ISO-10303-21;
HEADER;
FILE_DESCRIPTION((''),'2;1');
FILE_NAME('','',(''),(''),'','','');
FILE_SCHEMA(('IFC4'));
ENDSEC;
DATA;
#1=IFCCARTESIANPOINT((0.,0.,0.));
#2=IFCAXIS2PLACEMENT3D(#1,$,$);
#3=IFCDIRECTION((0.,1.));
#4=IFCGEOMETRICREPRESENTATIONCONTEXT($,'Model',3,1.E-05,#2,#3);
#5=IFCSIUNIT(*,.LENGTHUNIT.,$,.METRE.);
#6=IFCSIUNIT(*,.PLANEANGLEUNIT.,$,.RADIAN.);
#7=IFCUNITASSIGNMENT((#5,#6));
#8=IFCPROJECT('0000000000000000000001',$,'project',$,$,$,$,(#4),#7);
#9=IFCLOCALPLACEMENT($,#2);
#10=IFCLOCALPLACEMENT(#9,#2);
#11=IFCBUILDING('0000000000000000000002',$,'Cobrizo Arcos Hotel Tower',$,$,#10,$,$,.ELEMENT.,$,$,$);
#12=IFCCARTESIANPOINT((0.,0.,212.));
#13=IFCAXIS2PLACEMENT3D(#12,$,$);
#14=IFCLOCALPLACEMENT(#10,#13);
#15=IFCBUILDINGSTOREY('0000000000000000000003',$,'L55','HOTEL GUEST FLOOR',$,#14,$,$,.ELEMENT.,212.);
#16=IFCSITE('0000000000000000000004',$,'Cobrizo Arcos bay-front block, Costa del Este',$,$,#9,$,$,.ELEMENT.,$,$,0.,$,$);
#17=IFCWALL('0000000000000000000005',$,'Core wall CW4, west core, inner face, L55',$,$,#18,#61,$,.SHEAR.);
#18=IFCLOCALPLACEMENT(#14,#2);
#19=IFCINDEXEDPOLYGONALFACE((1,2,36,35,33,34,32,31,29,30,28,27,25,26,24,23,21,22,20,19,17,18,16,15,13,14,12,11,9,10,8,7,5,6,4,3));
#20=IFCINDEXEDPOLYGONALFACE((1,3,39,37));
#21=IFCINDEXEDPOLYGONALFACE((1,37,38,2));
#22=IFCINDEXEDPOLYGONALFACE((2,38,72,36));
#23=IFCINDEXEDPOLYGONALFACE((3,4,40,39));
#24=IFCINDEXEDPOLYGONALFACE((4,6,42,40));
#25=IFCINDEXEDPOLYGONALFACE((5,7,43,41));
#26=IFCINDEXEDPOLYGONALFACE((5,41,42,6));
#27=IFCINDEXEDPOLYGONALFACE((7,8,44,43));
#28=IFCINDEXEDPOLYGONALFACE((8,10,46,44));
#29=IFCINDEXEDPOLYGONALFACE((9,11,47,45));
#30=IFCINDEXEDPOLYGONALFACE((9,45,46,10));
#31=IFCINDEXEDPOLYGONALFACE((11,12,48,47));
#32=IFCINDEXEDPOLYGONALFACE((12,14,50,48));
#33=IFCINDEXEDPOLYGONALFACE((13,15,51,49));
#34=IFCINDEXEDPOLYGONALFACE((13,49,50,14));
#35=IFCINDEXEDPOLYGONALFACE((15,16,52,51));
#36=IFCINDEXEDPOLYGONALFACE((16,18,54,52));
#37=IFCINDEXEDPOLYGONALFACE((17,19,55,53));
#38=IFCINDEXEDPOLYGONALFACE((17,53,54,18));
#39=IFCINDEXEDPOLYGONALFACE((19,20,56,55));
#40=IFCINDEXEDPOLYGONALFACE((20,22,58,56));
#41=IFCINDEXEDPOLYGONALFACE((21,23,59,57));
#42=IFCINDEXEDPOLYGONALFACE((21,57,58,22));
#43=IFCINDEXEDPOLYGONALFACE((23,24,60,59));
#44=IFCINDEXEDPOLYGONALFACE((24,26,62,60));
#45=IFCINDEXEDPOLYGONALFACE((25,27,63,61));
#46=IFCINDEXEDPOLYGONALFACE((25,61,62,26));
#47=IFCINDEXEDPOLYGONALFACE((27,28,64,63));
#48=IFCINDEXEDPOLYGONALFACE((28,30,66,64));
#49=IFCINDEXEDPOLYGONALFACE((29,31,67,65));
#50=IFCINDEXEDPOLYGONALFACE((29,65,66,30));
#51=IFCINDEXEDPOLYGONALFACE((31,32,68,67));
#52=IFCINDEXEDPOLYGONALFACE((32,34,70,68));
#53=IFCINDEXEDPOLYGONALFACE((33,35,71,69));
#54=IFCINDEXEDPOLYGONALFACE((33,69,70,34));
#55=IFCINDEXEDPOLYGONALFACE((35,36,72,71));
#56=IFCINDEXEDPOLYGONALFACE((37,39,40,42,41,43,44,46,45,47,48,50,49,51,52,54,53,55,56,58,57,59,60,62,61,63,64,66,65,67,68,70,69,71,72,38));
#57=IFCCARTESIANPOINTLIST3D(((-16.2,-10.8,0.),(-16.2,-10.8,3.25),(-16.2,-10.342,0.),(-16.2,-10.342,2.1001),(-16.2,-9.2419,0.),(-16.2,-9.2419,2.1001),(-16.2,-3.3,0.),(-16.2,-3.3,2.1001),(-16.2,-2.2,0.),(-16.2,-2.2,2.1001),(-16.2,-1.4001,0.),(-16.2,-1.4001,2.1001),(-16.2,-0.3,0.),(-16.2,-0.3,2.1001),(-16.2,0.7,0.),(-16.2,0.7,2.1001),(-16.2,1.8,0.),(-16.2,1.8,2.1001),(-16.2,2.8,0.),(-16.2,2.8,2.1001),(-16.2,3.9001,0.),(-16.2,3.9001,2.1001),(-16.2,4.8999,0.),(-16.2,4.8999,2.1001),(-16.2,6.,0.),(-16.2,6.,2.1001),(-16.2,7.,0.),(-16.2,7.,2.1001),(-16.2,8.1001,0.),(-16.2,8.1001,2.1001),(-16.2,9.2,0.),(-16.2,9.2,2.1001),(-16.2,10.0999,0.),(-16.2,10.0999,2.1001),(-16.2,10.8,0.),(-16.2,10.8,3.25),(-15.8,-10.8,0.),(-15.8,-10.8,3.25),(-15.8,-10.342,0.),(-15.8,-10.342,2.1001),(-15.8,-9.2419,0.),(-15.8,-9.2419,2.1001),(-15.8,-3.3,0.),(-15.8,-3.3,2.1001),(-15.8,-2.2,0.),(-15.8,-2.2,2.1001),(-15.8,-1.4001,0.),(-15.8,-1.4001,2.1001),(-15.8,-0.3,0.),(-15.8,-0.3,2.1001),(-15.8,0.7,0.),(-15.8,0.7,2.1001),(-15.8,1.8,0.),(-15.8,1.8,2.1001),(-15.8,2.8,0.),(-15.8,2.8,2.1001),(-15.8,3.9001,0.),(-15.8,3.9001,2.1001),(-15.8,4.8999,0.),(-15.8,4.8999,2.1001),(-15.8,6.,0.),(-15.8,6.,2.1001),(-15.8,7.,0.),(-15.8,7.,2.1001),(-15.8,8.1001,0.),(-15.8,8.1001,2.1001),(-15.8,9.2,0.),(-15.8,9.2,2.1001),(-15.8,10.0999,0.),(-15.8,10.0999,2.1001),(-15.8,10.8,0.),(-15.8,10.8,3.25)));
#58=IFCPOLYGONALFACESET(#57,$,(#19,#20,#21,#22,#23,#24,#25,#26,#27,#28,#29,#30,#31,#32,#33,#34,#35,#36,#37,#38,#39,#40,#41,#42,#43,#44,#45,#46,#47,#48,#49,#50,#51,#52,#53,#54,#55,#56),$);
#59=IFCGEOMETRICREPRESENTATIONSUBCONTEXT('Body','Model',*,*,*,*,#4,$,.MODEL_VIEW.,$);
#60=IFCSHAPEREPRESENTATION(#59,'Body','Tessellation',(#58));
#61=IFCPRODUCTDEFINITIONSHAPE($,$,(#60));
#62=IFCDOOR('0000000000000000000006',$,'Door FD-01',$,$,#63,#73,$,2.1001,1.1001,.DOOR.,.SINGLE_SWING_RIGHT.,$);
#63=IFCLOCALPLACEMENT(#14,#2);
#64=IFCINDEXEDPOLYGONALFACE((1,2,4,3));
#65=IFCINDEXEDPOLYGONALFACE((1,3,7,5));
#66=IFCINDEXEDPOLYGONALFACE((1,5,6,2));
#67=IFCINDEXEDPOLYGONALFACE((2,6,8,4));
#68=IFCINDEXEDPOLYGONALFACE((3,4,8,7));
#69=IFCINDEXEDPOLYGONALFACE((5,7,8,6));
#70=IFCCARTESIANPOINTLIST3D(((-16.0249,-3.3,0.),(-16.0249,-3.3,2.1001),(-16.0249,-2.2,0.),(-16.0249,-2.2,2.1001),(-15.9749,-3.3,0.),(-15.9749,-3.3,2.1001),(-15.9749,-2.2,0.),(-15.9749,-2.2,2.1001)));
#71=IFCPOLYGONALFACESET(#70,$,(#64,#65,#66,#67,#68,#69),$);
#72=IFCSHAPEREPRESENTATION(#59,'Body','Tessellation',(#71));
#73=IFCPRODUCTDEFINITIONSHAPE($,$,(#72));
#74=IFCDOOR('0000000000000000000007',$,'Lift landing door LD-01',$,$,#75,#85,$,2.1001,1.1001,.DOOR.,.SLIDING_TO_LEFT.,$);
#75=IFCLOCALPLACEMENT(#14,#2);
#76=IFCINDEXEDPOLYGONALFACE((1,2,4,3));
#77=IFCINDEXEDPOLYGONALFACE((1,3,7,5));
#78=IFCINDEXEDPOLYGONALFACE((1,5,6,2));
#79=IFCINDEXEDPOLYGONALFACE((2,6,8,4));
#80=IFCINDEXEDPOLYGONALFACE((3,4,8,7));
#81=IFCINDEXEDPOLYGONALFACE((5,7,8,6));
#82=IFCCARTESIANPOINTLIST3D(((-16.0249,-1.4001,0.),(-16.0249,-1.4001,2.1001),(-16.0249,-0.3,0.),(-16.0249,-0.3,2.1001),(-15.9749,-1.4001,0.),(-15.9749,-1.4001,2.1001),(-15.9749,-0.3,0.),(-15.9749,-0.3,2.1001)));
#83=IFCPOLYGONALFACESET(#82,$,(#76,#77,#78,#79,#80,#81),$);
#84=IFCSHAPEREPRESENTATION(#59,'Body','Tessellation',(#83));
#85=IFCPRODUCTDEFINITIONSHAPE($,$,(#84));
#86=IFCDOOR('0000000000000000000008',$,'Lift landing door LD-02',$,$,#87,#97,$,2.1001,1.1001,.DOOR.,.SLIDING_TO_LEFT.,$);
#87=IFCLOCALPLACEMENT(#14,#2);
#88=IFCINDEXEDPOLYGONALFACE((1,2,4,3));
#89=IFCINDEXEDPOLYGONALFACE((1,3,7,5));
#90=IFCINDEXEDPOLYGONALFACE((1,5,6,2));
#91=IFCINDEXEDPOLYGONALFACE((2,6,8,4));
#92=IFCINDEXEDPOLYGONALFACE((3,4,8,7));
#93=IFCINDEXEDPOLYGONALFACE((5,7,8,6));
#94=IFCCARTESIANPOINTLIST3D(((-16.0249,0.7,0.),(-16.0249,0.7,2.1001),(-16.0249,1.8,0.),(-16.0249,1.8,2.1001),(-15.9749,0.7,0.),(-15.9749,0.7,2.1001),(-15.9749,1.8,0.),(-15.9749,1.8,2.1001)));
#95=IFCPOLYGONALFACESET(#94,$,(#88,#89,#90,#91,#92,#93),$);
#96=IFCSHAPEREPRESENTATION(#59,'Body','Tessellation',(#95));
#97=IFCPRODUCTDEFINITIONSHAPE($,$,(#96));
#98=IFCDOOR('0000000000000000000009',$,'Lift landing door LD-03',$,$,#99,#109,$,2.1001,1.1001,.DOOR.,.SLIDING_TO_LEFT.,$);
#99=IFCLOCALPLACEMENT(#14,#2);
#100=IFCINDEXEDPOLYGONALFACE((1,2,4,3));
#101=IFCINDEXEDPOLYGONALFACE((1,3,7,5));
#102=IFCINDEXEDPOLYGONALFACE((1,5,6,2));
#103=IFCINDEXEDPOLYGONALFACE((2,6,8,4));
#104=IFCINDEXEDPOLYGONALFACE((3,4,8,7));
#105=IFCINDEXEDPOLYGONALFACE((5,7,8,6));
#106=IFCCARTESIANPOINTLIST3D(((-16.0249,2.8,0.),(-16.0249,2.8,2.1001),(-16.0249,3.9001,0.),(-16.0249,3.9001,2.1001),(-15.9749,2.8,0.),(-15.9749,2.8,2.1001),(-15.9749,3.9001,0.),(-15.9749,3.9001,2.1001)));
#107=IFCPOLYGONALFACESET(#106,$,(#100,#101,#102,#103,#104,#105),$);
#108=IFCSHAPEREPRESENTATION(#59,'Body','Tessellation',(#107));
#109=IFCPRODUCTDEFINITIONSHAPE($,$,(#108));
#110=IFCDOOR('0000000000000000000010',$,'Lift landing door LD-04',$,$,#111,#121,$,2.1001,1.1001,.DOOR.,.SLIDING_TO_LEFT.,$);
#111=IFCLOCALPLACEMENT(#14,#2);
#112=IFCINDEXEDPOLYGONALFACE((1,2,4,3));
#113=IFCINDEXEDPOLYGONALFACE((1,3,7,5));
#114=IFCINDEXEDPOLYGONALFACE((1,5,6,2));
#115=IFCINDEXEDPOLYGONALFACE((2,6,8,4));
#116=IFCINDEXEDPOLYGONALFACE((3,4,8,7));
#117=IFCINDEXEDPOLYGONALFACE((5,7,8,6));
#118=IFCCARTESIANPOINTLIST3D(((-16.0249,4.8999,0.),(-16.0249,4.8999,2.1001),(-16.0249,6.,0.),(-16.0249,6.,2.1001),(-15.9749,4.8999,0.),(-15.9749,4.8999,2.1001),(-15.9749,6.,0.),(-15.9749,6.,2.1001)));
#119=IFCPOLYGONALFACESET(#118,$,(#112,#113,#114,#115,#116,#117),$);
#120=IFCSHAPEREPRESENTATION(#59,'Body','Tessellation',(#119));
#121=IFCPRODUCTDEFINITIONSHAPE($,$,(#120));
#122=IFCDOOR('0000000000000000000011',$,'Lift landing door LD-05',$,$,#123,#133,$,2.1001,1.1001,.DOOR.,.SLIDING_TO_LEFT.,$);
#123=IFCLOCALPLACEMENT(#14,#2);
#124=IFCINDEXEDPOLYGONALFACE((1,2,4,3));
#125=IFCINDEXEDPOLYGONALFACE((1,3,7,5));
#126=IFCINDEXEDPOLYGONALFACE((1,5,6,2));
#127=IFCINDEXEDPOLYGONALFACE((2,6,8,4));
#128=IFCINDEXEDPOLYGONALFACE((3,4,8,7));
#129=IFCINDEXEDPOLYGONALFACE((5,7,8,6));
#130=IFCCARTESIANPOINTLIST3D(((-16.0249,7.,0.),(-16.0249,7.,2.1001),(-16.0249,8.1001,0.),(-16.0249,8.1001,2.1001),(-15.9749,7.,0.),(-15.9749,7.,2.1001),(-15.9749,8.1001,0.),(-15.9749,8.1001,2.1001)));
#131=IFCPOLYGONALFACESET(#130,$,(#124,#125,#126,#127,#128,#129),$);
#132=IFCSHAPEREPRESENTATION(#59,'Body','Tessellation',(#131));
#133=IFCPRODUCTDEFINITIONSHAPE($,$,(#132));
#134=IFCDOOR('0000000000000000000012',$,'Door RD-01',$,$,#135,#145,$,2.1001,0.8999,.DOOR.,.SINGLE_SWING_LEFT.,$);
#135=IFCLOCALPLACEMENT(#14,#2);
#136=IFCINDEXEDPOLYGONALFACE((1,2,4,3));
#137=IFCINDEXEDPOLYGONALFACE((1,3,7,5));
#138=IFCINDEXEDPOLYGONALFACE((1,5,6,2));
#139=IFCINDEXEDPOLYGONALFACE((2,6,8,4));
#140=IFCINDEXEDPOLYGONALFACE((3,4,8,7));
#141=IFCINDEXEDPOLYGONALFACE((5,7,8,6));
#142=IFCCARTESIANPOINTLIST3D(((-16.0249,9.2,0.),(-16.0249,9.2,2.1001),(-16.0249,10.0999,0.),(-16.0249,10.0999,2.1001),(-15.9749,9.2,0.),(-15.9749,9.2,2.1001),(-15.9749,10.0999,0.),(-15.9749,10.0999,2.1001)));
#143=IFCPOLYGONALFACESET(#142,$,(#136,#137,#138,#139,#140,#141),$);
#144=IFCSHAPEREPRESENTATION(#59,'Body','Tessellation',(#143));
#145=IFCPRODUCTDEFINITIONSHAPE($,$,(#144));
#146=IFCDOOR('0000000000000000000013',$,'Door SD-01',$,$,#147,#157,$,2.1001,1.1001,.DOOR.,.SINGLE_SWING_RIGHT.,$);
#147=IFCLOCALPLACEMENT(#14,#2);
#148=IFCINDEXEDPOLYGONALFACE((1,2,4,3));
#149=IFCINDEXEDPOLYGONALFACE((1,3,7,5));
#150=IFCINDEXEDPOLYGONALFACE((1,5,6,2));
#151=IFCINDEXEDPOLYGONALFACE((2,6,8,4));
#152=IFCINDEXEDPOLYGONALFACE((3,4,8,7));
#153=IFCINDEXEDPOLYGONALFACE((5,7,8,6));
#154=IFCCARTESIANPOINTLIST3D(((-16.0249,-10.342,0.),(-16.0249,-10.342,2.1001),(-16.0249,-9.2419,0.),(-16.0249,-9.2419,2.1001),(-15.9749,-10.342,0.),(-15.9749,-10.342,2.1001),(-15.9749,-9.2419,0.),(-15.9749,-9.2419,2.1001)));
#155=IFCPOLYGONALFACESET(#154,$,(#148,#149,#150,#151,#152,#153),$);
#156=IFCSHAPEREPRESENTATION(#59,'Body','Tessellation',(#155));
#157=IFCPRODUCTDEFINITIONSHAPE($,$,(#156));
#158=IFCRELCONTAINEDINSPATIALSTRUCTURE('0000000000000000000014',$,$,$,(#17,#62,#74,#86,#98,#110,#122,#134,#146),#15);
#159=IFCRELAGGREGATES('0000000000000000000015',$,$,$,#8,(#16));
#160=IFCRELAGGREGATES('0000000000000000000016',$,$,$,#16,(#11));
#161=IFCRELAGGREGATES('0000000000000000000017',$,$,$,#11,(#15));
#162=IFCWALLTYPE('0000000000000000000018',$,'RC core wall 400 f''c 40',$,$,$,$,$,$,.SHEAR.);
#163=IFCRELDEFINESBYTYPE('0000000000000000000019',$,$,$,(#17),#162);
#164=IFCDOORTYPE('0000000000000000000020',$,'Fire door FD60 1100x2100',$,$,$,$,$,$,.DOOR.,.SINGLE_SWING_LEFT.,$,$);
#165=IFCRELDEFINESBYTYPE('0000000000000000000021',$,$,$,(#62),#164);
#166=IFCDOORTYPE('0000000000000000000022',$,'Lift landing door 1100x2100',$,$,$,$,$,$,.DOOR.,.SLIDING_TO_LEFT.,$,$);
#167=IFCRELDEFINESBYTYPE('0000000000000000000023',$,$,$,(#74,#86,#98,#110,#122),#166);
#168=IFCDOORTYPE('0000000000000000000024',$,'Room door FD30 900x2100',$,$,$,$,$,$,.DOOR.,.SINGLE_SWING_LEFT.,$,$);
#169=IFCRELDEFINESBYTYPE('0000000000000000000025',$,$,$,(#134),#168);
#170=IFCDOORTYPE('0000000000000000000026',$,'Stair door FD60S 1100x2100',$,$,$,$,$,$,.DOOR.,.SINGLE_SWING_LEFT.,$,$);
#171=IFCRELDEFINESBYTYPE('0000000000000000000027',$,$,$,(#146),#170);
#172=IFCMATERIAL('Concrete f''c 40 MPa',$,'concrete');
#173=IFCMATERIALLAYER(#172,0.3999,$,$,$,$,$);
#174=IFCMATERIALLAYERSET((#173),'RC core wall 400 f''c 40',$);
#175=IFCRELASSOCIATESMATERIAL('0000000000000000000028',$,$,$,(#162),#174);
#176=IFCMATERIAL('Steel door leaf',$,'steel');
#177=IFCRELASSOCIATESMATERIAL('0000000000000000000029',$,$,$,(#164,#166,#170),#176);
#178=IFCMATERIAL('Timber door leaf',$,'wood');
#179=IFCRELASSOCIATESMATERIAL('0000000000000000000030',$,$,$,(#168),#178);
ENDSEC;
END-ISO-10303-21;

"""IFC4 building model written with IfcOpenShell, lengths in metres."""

from ifc_helpers import new_model, si_unit, direction, frame, frame_2d, origin, place, context, subcontext, project, spatial, rectangle, extrude, material, layer, layer_set, type_object, element, fill, save


model = new_model("IFC4")

# Units and contexts
model_context = context("Model", 3, precision=1e-05, world=origin(), true_north=direction((0.0, 1.0)))
body_context = subcontext(model_context, "Body", "Model", "MODEL_VIEW")
ifc_project = project(units=[si_unit("LENGTHUNIT", "METRE"), si_unit("PLANEANGLEUNIT", "RADIAN")], contexts=[model_context])

# Site, building, storey
site_placement = place(None, origin())
site = spatial("IfcSite", under=ifc_project, at=site_placement, Name="Cobrizo Arcos bay-front block, Costa del Este", CompositionType="ELEMENT", RefElevation=0.0)
building_placement = place(site_placement, origin())
building = spatial("IfcBuilding", under=site, at=building_placement, Name="Cobrizo Arcos Hotel Tower", CompositionType="ELEMENT")
storey_placement = place(building_placement, frame((0.0, 0.0, 212.0)))
storey = spatial("IfcBuildingStorey", under=building, at=storey_placement, Name="L55", Description="HOTEL GUEST FLOOR", CompositionType="ELEMENT", Elevation=212.0)

# Wall, openings, doors
ifc_material_1 = material(Name="Concrete f'c 40 MPa", Category="concrete")
ifc_layer_1 = layer(ifc_material_1, 0.3999)
ifc_layer_set_1 = layer_set([ifc_layer_1], Name="RC core wall 400 f'c 40")
wall_type_1 = type_object("IfcWallType", Name="RC core wall 400 f'c 40", PredefinedType="SHEAR", material=ifc_layer_set_1)
wall_1_placement = place(storey_placement, frame((-16.0, -10.8, 0.0), z_axis=(0.0, 0.0, 1.0), x_axis=(0.0, 1.0, 0.0)))
wall_1 = element("IfcWall", 1, at=wall_1_placement, inside=storey, type_object=wall_type_1, Name="Core wall CW4, west core, inner face, L55", PredefinedType="SHEAR", context=body_context, shape_type="SweptSolid", body=[
    extrude(rectangle(XDim=21.6001, YDim=0.3999, at=frame_2d((10.8, 0.0))), origin(), (0.0, 0.0, 1.0), 3.25),
])
opening_1_placement = place(wall_1_placement, frame((9.3999, 0.0, 0.0)))
opening_1 = element("IfcOpeningElement", 2, at=opening_1_placement, cuts=wall_1, PredefinedType="OPENING", context=body_context, shape_type="SweptSolid", body=[
    extrude(rectangle(XDim=1.1001, YDim=2.1001, at=frame_2d((0.55, 1.05))), frame((0.0, 0.2119, 0.0), z_axis=(0.0, -1.0, 0.0), x_axis=(1.0, 0.0, 0.0)), (0.0, 0.0, 1.0), 0.4238),
])
opening_2_placement = place(wall_1_placement, frame((11.5, 0.0, 0.0)))
opening_2 = element("IfcOpeningElement", 3, at=opening_2_placement, cuts=wall_1, PredefinedType="OPENING", context=body_context, shape_type="SweptSolid", body=[
    extrude(rectangle(XDim=1.1001, YDim=2.1001, at=frame_2d((0.55, 1.05))), frame((0.0, 0.2119, 0.0), z_axis=(0.0, -1.0, 0.0), x_axis=(1.0, 0.0, 0.0)), (0.0, 0.0, 1.0), 0.4238),
])
opening_3_placement = place(wall_1_placement, frame((13.6001, 0.0, 0.0)))
opening_3 = element("IfcOpeningElement", 4, at=opening_3_placement, cuts=wall_1, PredefinedType="OPENING", context=body_context, shape_type="SweptSolid", body=[
    extrude(rectangle(XDim=1.1001, YDim=2.1001, at=frame_2d((0.55, 1.05))), frame((0.0, 0.2119, 0.0), z_axis=(0.0, -1.0, 0.0), x_axis=(1.0, 0.0, 0.0)), (0.0, 0.0, 1.0), 0.4238),
])
opening_4_placement = place(wall_1_placement, frame((15.7, 0.0, 0.0)))
opening_4 = element("IfcOpeningElement", 5, at=opening_4_placement, cuts=wall_1, PredefinedType="OPENING", context=body_context, shape_type="SweptSolid", body=[
    extrude(rectangle(XDim=1.1001, YDim=2.1001, at=frame_2d((0.55, 1.05))), frame((0.0, 0.2119, 0.0), z_axis=(0.0, -1.0, 0.0), x_axis=(1.0, 0.0, 0.0)), (0.0, 0.0, 1.0), 0.4238),
])
opening_5_placement = place(wall_1_placement, frame((17.8, 0.0, 0.0)))
opening_5 = element("IfcOpeningElement", 6, at=opening_5_placement, cuts=wall_1, PredefinedType="OPENING", context=body_context, shape_type="SweptSolid", body=[
    extrude(rectangle(XDim=1.1001, YDim=2.1001, at=frame_2d((0.55, 1.05))), frame((0.0, 0.2119, 0.0), z_axis=(0.0, -1.0, 0.0), x_axis=(1.0, 0.0, 0.0)), (0.0, 0.0, 1.0), 0.4238),
])
opening_6_placement = place(wall_1_placement, frame((0.458, 0.0, 0.0)))
opening_6 = element("IfcOpeningElement", 7, at=opening_6_placement, cuts=wall_1, PredefinedType="OPENING", context=body_context, shape_type="SweptSolid", body=[
    extrude(rectangle(XDim=1.1001, YDim=2.1001, at=frame_2d((0.55, 1.05))), frame((0.0, 0.2119, 0.0), z_axis=(0.0, -1.0, 0.0), x_axis=(1.0, 0.0, 0.0)), (0.0, 0.0, 1.0), 0.4238),
])
opening_7_placement = place(wall_1_placement, frame((7.5, 0.0, 0.0)))
opening_7 = element("IfcOpeningElement", 8, at=opening_7_placement, cuts=wall_1, PredefinedType="OPENING", context=body_context, shape_type="SweptSolid", body=[
    extrude(rectangle(XDim=1.1001, YDim=2.1001, at=frame_2d((0.55, 1.05))), frame((0.0, 0.2119, 0.0), z_axis=(0.0, -1.0, 0.0), x_axis=(1.0, 0.0, 0.0)), (0.0, 0.0, 1.0), 0.4238),
])
opening_8_placement = place(wall_1_placement, frame((20.0, 0.0, 0.0)))
opening_8 = element("IfcOpeningElement", 9, at=opening_8_placement, cuts=wall_1, PredefinedType="OPENING", context=body_context, shape_type="SweptSolid", body=[
    extrude(rectangle(XDim=0.8999, YDim=2.1001, at=frame_2d((0.45, 1.05))), frame((0.0, 0.2119, 0.0), z_axis=(0.0, -1.0, 0.0), x_axis=(1.0, 0.0, 0.0)), (0.0, 0.0, 1.0), 0.4238),
])
ifc_material_2 = material(Name="Steel door leaf", Category="steel")
door_type_1 = type_object("IfcDoorType", Name="Fire door FD60 1100x2100", OperationType="SINGLE_SWING_LEFT", PredefinedType="DOOR", material=ifc_material_2)
door_1_placement = place(opening_7_placement, origin())
door_1 = element("IfcDoor", 10, at=door_1_placement, inside=storey, type_object=door_type_1, Name="Door FD-01", OperationType="SINGLE_SWING_RIGHT", OverallHeight=2.1001, OverallWidth=1.1001, PredefinedType="DOOR", context=body_context, shape_type="SweptSolid", body=[
    extrude(rectangle(XDim=1.1001, YDim=2.1001, at=frame_2d((0.55, 1.05))), frame((0.0, 0.0249, 0.0), z_axis=(0.0, -1.0, 0.0), x_axis=(1.0, 0.0, 0.0)), (0.0, 0.0, 1.0), 0.05),
])
fill(opening_7, door_1)
door_type_2 = type_object("IfcDoorType", Name="Lift landing door 1100x2100", OperationType="SLIDING_TO_LEFT", PredefinedType="DOOR", material=ifc_material_2)
door_2_placement = place(opening_1_placement, origin())
door_2 = element("IfcDoor", 11, at=door_2_placement, inside=storey, type_object=door_type_2, Name="Lift landing door LD-01", OperationType="SLIDING_TO_LEFT", OverallHeight=2.1001, OverallWidth=1.1001, PredefinedType="DOOR", context=body_context, shape_type="SweptSolid", body=[
    extrude(rectangle(XDim=1.1001, YDim=2.1001, at=frame_2d((0.55, 1.05))), frame((0.0, 0.0249, 0.0), z_axis=(0.0, -1.0, 0.0), x_axis=(1.0, 0.0, 0.0)), (0.0, 0.0, 1.0), 0.05),
])
fill(opening_1, door_2)
door_3_placement = place(opening_2_placement, origin())
door_3 = element("IfcDoor", 12, at=door_3_placement, inside=storey, type_object=door_type_2, Name="Lift landing door LD-02", OperationType="SLIDING_TO_LEFT", OverallHeight=2.1001, OverallWidth=1.1001, PredefinedType="DOOR", context=body_context, shape_type="SweptSolid", body=[
    extrude(rectangle(XDim=1.1001, YDim=2.1001, at=frame_2d((0.55, 1.05))), frame((0.0, 0.0249, 0.0), z_axis=(0.0, -1.0, 0.0), x_axis=(1.0, 0.0, 0.0)), (0.0, 0.0, 1.0), 0.05),
])
fill(opening_2, door_3)
door_4_placement = place(opening_3_placement, origin())
door_4 = element("IfcDoor", 13, at=door_4_placement, inside=storey, type_object=door_type_2, Name="Lift landing door LD-03", OperationType="SLIDING_TO_LEFT", OverallHeight=2.1001, OverallWidth=1.1001, PredefinedType="DOOR", context=body_context, shape_type="SweptSolid", body=[
    extrude(rectangle(XDim=1.1001, YDim=2.1001, at=frame_2d((0.55, 1.05))), frame((0.0, 0.0249, 0.0), z_axis=(0.0, -1.0, 0.0), x_axis=(1.0, 0.0, 0.0)), (0.0, 0.0, 1.0), 0.05),
])
fill(opening_3, door_4)
door_5_placement = place(opening_4_placement, origin())
door_5 = element("IfcDoor", 14, at=door_5_placement, inside=storey, type_object=door_type_2, Name="Lift landing door LD-04", OperationType="SLIDING_TO_LEFT", OverallHeight=2.1001, OverallWidth=1.1001, PredefinedType="DOOR", context=body_context, shape_type="SweptSolid", body=[
    extrude(rectangle(XDim=1.1001, YDim=2.1001, at=frame_2d((0.55, 1.05))), frame((0.0, 0.0249, 0.0), z_axis=(0.0, -1.0, 0.0), x_axis=(1.0, 0.0, 0.0)), (0.0, 0.0, 1.0), 0.05),
])
fill(opening_4, door_5)
door_6_placement = place(opening_5_placement, origin())
door_6 = element("IfcDoor", 15, at=door_6_placement, inside=storey, type_object=door_type_2, Name="Lift landing door LD-05", OperationType="SLIDING_TO_LEFT", OverallHeight=2.1001, OverallWidth=1.1001, PredefinedType="DOOR", context=body_context, shape_type="SweptSolid", body=[
    extrude(rectangle(XDim=1.1001, YDim=2.1001, at=frame_2d((0.55, 1.05))), frame((0.0, 0.0249, 0.0), z_axis=(0.0, -1.0, 0.0), x_axis=(1.0, 0.0, 0.0)), (0.0, 0.0, 1.0), 0.05),
])
fill(opening_5, door_6)
ifc_material_3 = material(Name="Timber door leaf", Category="wood")
door_type_3 = type_object("IfcDoorType", Name="Room door FD30 900x2100", OperationType="SINGLE_SWING_LEFT", PredefinedType="DOOR", material=ifc_material_3)
door_7_placement = place(opening_8_placement, origin())
door_7 = element("IfcDoor", 16, at=door_7_placement, inside=storey, type_object=door_type_3, Name="Door RD-01", OperationType="SINGLE_SWING_LEFT", OverallHeight=2.1001, OverallWidth=0.8999, PredefinedType="DOOR", context=body_context, shape_type="SweptSolid", body=[
    extrude(rectangle(XDim=0.8999, YDim=2.1001, at=frame_2d((0.45, 1.05))), frame((0.0, 0.0249, 0.0), z_axis=(0.0, -1.0, 0.0), x_axis=(1.0, 0.0, 0.0)), (0.0, 0.0, 1.0), 0.05),
])
fill(opening_8, door_7)
door_type_4 = type_object("IfcDoorType", Name="Stair door FD60S 1100x2100", OperationType="SINGLE_SWING_LEFT", PredefinedType="DOOR", material=ifc_material_2)
door_8_placement = place(opening_6_placement, origin())
door_8 = element("IfcDoor", 17, at=door_8_placement, inside=storey, type_object=door_type_4, Name="Door SD-01", OperationType="SINGLE_SWING_RIGHT", OverallHeight=2.1001, OverallWidth=1.1001, PredefinedType="DOOR", context=body_context, shape_type="SweptSolid", body=[
    extrude(rectangle(XDim=1.1001, YDim=2.1001, at=frame_2d((0.55, 1.05))), frame((0.0, 0.0249, 0.0), z_axis=(0.0, -1.0, 0.0), x_axis=(1.0, 0.0, 0.0)), (0.0, 0.0, 1.0), 0.05),
])
fill(opening_6, door_8)

save(model, "model.ifc")
